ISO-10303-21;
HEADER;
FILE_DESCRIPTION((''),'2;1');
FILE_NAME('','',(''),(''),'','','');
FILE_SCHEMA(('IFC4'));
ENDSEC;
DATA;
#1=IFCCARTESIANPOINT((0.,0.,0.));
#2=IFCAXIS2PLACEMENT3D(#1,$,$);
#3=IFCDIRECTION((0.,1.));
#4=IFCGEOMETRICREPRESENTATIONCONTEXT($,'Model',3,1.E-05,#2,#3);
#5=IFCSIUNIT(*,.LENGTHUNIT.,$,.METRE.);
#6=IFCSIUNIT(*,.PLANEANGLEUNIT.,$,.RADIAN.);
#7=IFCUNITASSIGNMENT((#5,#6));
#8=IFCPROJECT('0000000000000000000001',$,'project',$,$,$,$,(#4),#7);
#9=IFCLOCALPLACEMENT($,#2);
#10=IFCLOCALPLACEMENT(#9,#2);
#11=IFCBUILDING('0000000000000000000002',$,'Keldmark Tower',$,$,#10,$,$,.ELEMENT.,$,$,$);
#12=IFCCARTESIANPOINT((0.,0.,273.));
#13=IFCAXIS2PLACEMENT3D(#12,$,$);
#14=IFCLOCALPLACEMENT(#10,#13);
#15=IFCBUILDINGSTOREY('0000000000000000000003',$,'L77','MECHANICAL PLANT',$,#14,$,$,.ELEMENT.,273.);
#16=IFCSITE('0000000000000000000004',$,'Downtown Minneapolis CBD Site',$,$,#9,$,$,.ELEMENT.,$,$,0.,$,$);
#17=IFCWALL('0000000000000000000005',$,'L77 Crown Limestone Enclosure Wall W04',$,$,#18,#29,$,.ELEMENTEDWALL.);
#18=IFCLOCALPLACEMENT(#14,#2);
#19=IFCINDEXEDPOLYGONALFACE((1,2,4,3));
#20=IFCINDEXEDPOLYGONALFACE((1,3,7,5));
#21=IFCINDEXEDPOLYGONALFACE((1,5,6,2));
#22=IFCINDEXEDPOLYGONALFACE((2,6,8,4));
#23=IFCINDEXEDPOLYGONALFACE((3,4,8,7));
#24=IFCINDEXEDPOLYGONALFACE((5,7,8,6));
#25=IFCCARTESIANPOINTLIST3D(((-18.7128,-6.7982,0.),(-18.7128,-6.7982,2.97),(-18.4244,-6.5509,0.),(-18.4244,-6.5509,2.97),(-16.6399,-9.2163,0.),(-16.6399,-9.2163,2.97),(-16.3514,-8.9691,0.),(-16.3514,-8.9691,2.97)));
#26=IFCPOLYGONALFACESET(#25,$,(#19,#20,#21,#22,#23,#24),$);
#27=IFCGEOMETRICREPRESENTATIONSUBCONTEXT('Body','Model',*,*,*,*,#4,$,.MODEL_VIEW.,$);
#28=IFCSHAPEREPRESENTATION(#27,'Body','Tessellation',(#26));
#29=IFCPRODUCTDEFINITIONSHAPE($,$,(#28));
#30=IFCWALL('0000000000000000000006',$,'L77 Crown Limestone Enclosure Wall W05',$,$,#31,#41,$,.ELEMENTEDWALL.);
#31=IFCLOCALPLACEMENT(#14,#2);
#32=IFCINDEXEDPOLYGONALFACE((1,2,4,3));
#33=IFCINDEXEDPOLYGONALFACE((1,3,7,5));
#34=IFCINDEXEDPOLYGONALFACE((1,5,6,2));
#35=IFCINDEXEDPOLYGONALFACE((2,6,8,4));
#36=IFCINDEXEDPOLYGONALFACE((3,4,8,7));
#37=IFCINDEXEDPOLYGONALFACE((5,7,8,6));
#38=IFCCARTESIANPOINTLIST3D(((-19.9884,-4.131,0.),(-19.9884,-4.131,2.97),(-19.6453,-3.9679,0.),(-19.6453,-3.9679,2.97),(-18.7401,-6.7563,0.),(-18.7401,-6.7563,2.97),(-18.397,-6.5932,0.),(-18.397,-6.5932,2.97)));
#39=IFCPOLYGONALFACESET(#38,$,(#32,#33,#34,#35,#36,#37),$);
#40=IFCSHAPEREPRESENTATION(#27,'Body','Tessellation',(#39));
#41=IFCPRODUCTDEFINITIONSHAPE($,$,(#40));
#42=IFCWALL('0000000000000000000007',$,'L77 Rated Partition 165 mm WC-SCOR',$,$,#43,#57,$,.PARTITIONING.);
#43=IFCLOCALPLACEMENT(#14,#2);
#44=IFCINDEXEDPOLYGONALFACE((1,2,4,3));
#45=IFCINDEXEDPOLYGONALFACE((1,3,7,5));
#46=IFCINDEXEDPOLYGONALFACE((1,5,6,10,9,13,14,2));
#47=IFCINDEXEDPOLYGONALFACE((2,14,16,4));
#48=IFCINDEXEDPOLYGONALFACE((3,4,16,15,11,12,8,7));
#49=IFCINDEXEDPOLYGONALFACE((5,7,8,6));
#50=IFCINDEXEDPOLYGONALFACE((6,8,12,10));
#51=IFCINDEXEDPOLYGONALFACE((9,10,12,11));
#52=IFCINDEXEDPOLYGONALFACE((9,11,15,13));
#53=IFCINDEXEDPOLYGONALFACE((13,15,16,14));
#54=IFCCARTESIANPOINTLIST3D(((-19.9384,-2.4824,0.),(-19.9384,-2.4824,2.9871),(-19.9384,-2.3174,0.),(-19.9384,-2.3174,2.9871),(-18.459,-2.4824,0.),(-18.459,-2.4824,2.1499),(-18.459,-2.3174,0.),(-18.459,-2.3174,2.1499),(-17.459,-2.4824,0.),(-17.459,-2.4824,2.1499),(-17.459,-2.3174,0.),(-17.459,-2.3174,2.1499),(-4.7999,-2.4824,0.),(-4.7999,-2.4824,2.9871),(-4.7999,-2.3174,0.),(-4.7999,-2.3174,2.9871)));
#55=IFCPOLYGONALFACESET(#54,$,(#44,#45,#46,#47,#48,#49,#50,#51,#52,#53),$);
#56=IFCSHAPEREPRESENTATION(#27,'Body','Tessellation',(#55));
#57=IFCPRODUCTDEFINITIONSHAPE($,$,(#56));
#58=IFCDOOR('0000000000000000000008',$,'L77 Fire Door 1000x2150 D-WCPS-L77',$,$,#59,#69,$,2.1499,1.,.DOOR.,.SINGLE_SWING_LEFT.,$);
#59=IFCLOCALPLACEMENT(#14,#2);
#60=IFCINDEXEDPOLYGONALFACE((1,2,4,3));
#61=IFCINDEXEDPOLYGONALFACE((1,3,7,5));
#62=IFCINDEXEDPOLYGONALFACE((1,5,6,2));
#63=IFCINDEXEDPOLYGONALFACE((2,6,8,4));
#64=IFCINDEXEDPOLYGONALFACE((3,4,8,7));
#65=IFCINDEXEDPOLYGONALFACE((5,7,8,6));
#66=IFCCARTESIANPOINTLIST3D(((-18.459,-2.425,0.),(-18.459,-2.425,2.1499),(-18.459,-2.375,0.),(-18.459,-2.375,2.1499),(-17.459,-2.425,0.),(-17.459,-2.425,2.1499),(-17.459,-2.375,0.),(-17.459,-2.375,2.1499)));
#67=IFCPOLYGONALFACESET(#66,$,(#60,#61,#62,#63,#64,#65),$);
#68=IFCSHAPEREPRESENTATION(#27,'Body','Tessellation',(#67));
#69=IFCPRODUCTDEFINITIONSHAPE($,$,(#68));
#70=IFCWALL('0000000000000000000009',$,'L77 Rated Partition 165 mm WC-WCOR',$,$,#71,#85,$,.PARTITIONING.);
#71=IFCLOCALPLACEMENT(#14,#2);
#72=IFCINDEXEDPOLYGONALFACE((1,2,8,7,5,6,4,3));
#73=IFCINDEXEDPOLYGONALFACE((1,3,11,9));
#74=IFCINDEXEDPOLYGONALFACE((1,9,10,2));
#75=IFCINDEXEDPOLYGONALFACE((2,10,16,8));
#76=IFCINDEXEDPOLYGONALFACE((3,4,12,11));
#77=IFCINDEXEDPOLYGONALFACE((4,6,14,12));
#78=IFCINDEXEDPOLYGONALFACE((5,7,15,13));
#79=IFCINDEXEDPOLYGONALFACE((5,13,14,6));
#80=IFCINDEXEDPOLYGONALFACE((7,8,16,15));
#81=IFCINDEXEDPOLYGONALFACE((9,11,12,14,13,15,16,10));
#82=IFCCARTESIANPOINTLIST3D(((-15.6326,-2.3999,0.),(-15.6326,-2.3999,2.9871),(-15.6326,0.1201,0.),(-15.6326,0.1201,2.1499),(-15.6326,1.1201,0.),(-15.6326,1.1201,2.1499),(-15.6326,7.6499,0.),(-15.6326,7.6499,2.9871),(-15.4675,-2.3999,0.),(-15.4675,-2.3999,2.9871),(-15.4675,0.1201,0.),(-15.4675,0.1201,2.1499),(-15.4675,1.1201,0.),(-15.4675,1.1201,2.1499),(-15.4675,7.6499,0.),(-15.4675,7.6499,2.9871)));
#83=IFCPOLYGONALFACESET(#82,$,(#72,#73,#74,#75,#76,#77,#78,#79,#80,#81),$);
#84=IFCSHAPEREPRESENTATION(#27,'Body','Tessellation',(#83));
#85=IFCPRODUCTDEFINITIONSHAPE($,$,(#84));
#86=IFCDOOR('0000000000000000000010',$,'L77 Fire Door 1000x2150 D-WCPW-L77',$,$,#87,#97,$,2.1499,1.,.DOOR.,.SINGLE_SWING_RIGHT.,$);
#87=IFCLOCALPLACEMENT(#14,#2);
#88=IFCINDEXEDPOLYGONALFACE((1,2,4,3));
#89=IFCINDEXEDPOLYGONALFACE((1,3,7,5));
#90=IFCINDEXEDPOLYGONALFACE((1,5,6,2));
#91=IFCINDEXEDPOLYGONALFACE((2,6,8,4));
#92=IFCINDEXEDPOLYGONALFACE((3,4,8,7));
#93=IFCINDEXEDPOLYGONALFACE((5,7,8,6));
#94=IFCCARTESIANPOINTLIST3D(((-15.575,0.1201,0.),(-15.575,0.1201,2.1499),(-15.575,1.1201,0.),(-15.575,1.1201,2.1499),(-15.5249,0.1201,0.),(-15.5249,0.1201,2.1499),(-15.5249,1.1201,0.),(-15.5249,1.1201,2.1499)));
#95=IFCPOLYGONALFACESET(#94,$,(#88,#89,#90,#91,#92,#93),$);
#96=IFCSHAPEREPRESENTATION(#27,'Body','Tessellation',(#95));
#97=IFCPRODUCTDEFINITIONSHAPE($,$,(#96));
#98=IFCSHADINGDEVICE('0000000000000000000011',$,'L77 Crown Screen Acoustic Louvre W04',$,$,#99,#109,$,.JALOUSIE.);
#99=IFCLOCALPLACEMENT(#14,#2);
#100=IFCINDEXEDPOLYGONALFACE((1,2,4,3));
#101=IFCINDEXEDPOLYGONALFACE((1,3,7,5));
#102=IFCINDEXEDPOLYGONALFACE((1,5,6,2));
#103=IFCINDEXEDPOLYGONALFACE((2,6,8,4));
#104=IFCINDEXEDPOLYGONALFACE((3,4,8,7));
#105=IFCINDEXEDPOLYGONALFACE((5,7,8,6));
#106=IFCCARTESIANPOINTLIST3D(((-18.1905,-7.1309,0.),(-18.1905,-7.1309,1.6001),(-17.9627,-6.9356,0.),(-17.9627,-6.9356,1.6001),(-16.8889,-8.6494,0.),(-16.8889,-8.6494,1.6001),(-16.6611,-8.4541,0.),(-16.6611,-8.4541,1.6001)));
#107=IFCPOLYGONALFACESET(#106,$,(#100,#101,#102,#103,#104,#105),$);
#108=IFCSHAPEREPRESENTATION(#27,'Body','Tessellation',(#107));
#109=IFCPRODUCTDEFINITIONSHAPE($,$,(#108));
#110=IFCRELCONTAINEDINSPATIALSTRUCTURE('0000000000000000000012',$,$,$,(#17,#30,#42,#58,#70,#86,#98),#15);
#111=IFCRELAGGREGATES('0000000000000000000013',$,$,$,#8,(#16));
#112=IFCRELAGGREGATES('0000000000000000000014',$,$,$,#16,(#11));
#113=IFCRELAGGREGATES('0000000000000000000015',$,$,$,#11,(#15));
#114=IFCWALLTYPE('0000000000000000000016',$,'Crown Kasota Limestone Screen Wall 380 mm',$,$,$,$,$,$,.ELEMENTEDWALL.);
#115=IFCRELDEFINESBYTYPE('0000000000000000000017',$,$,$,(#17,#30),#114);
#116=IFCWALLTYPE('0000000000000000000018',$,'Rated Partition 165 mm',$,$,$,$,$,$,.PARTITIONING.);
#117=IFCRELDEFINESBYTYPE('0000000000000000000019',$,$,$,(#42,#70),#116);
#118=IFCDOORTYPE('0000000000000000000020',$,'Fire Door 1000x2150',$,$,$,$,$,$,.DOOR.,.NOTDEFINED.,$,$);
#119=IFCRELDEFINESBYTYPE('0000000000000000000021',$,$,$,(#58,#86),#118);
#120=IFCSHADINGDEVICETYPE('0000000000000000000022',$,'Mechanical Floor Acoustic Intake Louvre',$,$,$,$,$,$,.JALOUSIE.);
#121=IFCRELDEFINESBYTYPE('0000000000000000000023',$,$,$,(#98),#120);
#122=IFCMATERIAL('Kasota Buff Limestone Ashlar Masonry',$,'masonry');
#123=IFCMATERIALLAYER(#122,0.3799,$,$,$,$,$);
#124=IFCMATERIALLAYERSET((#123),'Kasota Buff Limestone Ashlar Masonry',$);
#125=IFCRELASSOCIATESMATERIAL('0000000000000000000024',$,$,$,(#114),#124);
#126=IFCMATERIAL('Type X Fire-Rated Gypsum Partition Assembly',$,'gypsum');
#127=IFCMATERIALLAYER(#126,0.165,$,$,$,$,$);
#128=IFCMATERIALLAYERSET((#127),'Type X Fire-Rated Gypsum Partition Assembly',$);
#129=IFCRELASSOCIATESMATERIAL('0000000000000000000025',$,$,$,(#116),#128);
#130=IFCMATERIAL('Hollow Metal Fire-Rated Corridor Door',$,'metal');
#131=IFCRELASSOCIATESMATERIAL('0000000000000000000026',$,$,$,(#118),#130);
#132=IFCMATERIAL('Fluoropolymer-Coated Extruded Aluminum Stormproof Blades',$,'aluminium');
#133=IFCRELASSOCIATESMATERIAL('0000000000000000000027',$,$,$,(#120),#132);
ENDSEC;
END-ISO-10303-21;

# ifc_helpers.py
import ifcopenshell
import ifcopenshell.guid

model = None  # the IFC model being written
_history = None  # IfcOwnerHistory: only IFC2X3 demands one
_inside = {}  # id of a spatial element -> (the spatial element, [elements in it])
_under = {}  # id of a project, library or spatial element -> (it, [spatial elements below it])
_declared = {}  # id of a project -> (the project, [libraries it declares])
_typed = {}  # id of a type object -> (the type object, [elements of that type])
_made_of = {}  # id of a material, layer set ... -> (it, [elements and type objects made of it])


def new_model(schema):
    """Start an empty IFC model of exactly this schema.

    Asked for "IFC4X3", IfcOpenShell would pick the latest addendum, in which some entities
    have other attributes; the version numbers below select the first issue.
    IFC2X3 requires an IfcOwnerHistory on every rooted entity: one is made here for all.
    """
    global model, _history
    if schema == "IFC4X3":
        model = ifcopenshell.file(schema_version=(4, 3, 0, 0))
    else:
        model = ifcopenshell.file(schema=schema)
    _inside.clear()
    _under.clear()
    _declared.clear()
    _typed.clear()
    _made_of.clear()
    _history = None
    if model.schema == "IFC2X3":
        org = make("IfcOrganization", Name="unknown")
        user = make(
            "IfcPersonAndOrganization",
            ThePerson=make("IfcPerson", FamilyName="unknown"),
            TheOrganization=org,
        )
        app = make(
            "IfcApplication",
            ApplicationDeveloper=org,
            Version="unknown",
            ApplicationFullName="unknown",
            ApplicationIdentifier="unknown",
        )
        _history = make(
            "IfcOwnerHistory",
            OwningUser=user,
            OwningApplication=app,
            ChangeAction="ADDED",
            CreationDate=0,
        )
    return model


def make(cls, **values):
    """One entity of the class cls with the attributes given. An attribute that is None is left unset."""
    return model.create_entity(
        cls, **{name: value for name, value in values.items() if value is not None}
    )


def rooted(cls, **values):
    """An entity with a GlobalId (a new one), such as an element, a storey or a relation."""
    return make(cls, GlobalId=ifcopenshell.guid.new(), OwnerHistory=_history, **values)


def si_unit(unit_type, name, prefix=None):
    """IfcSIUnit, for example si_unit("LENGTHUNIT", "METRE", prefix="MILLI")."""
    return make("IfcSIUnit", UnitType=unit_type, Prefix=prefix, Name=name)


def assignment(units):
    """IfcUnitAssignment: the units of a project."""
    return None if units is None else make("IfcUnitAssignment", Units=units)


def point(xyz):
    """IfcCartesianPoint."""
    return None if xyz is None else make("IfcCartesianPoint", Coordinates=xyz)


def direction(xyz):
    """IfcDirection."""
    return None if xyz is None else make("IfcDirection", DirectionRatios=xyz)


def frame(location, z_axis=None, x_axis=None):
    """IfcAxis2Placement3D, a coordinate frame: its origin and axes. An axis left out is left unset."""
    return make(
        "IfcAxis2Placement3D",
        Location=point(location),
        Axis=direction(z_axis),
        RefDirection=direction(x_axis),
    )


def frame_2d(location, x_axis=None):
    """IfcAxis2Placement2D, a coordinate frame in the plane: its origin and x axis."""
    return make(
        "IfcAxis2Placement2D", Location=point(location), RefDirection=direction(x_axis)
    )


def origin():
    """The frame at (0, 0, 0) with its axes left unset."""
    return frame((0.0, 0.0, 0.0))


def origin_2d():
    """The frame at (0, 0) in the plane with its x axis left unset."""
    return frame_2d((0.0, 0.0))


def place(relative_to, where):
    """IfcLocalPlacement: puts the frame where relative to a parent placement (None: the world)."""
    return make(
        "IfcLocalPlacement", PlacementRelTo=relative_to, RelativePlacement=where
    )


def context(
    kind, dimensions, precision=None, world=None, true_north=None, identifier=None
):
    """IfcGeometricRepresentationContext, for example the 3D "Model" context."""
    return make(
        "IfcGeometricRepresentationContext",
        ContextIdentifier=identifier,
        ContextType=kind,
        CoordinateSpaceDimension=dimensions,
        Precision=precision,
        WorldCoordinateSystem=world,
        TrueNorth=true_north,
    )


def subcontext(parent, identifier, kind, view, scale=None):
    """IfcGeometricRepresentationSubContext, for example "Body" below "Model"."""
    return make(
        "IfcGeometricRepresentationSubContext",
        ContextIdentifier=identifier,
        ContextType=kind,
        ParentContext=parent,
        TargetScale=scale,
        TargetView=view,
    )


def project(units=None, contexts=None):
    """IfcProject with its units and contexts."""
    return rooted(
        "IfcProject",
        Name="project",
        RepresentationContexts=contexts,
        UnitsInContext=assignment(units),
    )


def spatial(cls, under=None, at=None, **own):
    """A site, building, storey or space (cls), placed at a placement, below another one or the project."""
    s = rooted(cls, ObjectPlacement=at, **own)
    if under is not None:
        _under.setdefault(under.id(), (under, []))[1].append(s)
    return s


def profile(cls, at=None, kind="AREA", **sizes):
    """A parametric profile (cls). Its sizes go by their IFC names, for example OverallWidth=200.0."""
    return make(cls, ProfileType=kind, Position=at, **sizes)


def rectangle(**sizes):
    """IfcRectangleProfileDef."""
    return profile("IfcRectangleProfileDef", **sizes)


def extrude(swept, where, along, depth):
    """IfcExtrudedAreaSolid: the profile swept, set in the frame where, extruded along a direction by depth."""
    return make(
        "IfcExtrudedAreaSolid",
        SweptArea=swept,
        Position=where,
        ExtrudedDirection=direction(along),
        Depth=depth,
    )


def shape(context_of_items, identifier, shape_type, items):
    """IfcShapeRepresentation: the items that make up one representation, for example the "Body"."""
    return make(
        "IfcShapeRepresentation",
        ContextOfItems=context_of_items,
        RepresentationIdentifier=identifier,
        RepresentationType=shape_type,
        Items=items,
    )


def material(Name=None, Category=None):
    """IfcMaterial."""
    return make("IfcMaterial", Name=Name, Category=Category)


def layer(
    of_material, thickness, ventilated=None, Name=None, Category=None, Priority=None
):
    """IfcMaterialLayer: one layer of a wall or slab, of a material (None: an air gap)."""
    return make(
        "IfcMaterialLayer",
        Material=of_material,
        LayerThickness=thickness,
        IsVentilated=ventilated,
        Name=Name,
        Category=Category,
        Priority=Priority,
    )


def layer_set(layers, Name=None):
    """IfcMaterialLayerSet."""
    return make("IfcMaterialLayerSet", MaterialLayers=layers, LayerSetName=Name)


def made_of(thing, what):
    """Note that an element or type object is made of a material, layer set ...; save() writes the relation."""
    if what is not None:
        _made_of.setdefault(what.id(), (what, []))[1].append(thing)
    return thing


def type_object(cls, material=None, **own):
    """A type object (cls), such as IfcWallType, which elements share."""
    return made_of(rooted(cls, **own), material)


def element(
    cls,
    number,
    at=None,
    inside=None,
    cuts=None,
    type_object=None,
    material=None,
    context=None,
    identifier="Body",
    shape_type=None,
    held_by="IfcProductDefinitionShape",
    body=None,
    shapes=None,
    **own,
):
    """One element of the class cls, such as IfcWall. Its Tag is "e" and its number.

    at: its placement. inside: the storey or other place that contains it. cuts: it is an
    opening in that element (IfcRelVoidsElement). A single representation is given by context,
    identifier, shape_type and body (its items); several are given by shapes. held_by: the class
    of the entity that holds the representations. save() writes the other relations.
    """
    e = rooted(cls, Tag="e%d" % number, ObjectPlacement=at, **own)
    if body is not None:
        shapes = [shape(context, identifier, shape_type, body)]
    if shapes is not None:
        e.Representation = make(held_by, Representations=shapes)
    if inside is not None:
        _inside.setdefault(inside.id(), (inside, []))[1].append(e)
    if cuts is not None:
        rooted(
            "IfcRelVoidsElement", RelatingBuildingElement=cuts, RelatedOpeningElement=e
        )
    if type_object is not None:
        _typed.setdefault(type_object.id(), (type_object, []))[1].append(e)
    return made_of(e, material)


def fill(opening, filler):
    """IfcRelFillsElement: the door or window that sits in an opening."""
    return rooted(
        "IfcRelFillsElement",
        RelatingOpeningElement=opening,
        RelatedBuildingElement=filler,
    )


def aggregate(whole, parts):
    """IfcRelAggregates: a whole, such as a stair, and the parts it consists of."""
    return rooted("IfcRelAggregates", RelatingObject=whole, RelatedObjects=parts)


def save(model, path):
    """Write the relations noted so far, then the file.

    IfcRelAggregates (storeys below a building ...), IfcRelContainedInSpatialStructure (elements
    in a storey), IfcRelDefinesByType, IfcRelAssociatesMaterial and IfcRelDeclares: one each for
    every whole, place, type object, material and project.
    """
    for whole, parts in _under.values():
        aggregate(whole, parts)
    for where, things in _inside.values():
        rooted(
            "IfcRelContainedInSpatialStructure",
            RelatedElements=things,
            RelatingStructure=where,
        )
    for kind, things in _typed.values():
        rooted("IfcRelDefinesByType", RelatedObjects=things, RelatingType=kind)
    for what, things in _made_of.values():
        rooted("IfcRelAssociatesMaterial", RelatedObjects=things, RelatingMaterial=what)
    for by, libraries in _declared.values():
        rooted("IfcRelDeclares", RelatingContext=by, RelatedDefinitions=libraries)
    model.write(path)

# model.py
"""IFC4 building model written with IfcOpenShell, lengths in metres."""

from ifc_helpers import new_model, si_unit, direction, frame, frame_2d, origin, origin_2d, place, context, subcontext, project, spatial, rectangle, extrude, material, layer, layer_set, type_object, element, fill, save


model = new_model("IFC4")

# Units and contexts
model_context = context("Model", 3, precision=1e-05, world=origin(), true_north=direction((0.0, 1.0)))
body_context = subcontext(model_context, "Body", "Model", "MODEL_VIEW")
ifc_project = project(units=[si_unit("LENGTHUNIT", "METRE"), si_unit("PLANEANGLEUNIT", "RADIAN")], contexts=[model_context])

# Site, building, storey
site_placement = place(None, origin())
site = spatial("IfcSite", under=ifc_project, at=site_placement, Name="Downtown Minneapolis CBD Site", CompositionType="ELEMENT", RefElevation=0.0)
building_placement = place(site_placement, origin())
building = spatial("IfcBuilding", under=site, at=building_placement, Name="Keldmark Tower", CompositionType="ELEMENT")
storey_placement = place(building_placement, frame((0.0, 0.0, 273.0)))
storey = spatial("IfcBuildingStorey", under=building, at=storey_placement, Name="L77", Description="MECHANICAL PLANT", CompositionType="ELEMENT", Elevation=273.0)

# Walls
ifc_material_1 = material(Name="Kasota Buff Limestone Ashlar Masonry", Category="masonry")
ifc_layer_1 = layer(ifc_material_1, 0.3799)
ifc_layer_set_1 = layer_set([ifc_layer_1], Name="Kasota Buff Limestone Ashlar Masonry")
wall_type_1 = type_object("IfcWallType", Name="Crown Kasota Limestone Screen Wall 380 mm", PredefinedType="ELEMENTEDWALL", material=ifc_layer_set_1)
wall_1_placement = place(storey_placement, frame((-18.5686, -6.6746, 0.0), z_axis=(0.0, 0.0, 1.0), x_axis=(0.650836, -0.759219, 0.0)))
element("IfcWall", 1, at=wall_1_placement, inside=storey, type_object=wall_type_1, Name="L77 Crown Limestone Enclosure Wall W04", PredefinedType="ELEMENTEDWALL", context=body_context, shape_type="SweptSolid", body=[
    extrude(rectangle(XDim=3.1851, YDim=0.3799, at=frame_2d((1.5925, 0.0))), origin(), (0.0, 0.0, 1.0), 2.97),
])
wall_2_placement = place(storey_placement, frame((-19.8169, -4.0493, 0.0), z_axis=(0.0, 0.0, 1.0), x_axis=(0.429422, -0.903104, 0.0)))
element("IfcWall", 2, at=wall_2_placement, inside=storey, type_object=wall_type_1, Name="L77 Crown Limestone Enclosure Wall W05", PredefinedType="ELEMENTEDWALL", context=body_context, shape_type="SweptSolid", body=[
    extrude(rectangle(XDim=2.907, YDim=0.3799, at=frame_2d((1.4536, 0.0))), origin(), (0.0, 0.0, 1.0), 2.97),
])

# Walls, openings, doors
ifc_material_2 = material(Name="Type X Fire-Rated Gypsum Partition Assembly", Category="gypsum")
ifc_layer_2 = layer(ifc_material_2, 0.165)
ifc_layer_set_2 = layer_set([ifc_layer_2], Name="Type X Fire-Rated Gypsum Partition Assembly")
wall_type_2 = type_object("IfcWallType", Name="Rated Partition 165 mm", PredefinedType="PARTITIONING", material=ifc_layer_set_2)
wall_3_placement = place(storey_placement, frame((-19.9385, -2.3999, 0.0), z_axis=(0.0, 0.0, 1.0), x_axis=(1.0, 0.0, 0.0)))
wall_3 = element("IfcWall", 3, at=wall_3_placement, inside=storey, type_object=wall_type_2, Name="L77 Rated Partition 165 mm WC-SCOR", PredefinedType="PARTITIONING", context=body_context, shape_type="SweptSolid", body=[
    extrude(rectangle(XDim=15.1384, YDim=0.165, at=frame_2d((7.5693, 0.0))), origin(), (0.0, 0.0, 1.0), 2.9871),
])
opening_1_placement = place(wall_3_placement, frame((1.4795, 0.0, 0.0)))
opening_1 = element("IfcOpeningElement", 4, at=opening_1_placement, cuts=wall_3, PredefinedType="OPENING", context=body_context, shape_type="SweptSolid", body=[
    extrude(rectangle(XDim=1.0, YDim=2.1499, at=frame_2d((0.5, 1.075))), frame((0.0, 0.0925, 0.0), z_axis=(0.0, -1.0, 0.0), x_axis=(1.0, 0.0, 0.0)), (0.0, 0.0, 1.0), 0.1851),
])
ifc_material_3 = material(Name="Hollow Metal Fire-Rated Corridor Door", Category="metal")
door_type = type_object("IfcDoorType", Name="Fire Door 1000x2150", OperationType="NOTDEFINED", PredefinedType="DOOR", material=ifc_material_3)
door_1_placement = place(opening_1_placement, origin())
door_1 = element("IfcDoor", 5, at=door_1_placement, inside=storey, type_object=door_type, Name="L77 Fire Door 1000x2150 D-WCPS-L77", OperationType="SINGLE_SWING_LEFT", OverallHeight=2.1499, OverallWidth=1.0, PredefinedType="DOOR", context=body_context, shape_type="SweptSolid", body=[
    extrude(rectangle(XDim=1.0, YDim=2.1499, at=frame_2d((0.5, 1.075))), frame((0.0, 0.0249, 0.0), z_axis=(0.0, -1.0, 0.0), x_axis=(1.0, 0.0, 0.0)), (0.0, 0.0, 1.0), 0.05),
])
fill(opening_1, door_1)
wall_4_placement = place(storey_placement, frame((-15.55, -2.3999, 0.0), z_axis=(0.0, 0.0, 1.0), x_axis=(0.0, 1.0, 0.0)))
wall_4 = element("IfcWall", 6, at=wall_4_placement, inside=storey, type_object=wall_type_2, Name="L77 Rated Partition 165 mm WC-WCOR", PredefinedType="PARTITIONING", context=body_context, shape_type="SweptSolid", body=[
    extrude(rectangle(XDim=10.0498, YDim=0.165, at=frame_2d((5.0249, 0.0))), origin(), (0.0, 0.0, 1.0), 2.9871),
])
opening_2_placement = place(wall_4_placement, frame((2.52, 0.0, 0.0)))
opening_2 = element("IfcOpeningElement", 7, at=opening_2_placement, cuts=wall_4, PredefinedType="OPENING", context=body_context, shape_type="SweptSolid", body=[
    extrude(rectangle(XDim=1.0, YDim=2.1499, at=frame_2d((0.5, 1.075))), frame((0.0, 0.0925, 0.0), z_axis=(0.0, -1.0, 0.0), x_axis=(1.0, 0.0, 0.0)), (0.0, 0.0, 1.0), 0.1851),
])
door_2_placement = place(opening_2_placement, origin())
door_2 = element("IfcDoor", 8, at=door_2_placement, inside=storey, type_object=door_type, Name="L77 Fire Door 1000x2150 D-WCPW-L77", OperationType="SINGLE_SWING_RIGHT", OverallHeight=2.1499, OverallWidth=1.0, PredefinedType="DOOR", context=body_context, shape_type="SweptSolid", body=[
    extrude(rectangle(XDim=1.0, YDim=2.1499, at=frame_2d((0.5, 1.075))), frame((0.0, 0.0249, 0.0), z_axis=(0.0, -1.0, 0.0), x_axis=(1.0, 0.0, 0.0)), (0.0, 0.0, 1.0), 0.05),
])
fill(opening_2, door_2)

# Shading device
ifc_material_4 = material(Name="Fluoropolymer-Coated Extruded Aluminum Stormproof Blades", Category="aluminium")
shading_device_type = type_object("IfcShadingDeviceType", Name="Mechanical Floor Acoustic Intake Louvre", PredefinedType="JALOUSIE", material=ifc_material_4)
shading_device_placement = place(storey_placement, frame((-17.4258, -7.7925, 0.0), z_axis=(0.0, 0.0, 1.0), x_axis=(0.650801, -0.759249, 0.0)))
element("IfcShadingDevice", 9, at=shading_device_placement, inside=storey, type_object=shading_device_type, Name="L77 Crown Screen Acoustic Louvre W04", PredefinedType="JALOUSIE", context=body_context, shape_type="SweptSolid", body=[
    extrude(rectangle(XDim=2.0, YDim=0.3, at=origin_2d()), origin(), (0.0, 0.0, 1.0), 1.6001),
])

save(model, "model.ifc")
